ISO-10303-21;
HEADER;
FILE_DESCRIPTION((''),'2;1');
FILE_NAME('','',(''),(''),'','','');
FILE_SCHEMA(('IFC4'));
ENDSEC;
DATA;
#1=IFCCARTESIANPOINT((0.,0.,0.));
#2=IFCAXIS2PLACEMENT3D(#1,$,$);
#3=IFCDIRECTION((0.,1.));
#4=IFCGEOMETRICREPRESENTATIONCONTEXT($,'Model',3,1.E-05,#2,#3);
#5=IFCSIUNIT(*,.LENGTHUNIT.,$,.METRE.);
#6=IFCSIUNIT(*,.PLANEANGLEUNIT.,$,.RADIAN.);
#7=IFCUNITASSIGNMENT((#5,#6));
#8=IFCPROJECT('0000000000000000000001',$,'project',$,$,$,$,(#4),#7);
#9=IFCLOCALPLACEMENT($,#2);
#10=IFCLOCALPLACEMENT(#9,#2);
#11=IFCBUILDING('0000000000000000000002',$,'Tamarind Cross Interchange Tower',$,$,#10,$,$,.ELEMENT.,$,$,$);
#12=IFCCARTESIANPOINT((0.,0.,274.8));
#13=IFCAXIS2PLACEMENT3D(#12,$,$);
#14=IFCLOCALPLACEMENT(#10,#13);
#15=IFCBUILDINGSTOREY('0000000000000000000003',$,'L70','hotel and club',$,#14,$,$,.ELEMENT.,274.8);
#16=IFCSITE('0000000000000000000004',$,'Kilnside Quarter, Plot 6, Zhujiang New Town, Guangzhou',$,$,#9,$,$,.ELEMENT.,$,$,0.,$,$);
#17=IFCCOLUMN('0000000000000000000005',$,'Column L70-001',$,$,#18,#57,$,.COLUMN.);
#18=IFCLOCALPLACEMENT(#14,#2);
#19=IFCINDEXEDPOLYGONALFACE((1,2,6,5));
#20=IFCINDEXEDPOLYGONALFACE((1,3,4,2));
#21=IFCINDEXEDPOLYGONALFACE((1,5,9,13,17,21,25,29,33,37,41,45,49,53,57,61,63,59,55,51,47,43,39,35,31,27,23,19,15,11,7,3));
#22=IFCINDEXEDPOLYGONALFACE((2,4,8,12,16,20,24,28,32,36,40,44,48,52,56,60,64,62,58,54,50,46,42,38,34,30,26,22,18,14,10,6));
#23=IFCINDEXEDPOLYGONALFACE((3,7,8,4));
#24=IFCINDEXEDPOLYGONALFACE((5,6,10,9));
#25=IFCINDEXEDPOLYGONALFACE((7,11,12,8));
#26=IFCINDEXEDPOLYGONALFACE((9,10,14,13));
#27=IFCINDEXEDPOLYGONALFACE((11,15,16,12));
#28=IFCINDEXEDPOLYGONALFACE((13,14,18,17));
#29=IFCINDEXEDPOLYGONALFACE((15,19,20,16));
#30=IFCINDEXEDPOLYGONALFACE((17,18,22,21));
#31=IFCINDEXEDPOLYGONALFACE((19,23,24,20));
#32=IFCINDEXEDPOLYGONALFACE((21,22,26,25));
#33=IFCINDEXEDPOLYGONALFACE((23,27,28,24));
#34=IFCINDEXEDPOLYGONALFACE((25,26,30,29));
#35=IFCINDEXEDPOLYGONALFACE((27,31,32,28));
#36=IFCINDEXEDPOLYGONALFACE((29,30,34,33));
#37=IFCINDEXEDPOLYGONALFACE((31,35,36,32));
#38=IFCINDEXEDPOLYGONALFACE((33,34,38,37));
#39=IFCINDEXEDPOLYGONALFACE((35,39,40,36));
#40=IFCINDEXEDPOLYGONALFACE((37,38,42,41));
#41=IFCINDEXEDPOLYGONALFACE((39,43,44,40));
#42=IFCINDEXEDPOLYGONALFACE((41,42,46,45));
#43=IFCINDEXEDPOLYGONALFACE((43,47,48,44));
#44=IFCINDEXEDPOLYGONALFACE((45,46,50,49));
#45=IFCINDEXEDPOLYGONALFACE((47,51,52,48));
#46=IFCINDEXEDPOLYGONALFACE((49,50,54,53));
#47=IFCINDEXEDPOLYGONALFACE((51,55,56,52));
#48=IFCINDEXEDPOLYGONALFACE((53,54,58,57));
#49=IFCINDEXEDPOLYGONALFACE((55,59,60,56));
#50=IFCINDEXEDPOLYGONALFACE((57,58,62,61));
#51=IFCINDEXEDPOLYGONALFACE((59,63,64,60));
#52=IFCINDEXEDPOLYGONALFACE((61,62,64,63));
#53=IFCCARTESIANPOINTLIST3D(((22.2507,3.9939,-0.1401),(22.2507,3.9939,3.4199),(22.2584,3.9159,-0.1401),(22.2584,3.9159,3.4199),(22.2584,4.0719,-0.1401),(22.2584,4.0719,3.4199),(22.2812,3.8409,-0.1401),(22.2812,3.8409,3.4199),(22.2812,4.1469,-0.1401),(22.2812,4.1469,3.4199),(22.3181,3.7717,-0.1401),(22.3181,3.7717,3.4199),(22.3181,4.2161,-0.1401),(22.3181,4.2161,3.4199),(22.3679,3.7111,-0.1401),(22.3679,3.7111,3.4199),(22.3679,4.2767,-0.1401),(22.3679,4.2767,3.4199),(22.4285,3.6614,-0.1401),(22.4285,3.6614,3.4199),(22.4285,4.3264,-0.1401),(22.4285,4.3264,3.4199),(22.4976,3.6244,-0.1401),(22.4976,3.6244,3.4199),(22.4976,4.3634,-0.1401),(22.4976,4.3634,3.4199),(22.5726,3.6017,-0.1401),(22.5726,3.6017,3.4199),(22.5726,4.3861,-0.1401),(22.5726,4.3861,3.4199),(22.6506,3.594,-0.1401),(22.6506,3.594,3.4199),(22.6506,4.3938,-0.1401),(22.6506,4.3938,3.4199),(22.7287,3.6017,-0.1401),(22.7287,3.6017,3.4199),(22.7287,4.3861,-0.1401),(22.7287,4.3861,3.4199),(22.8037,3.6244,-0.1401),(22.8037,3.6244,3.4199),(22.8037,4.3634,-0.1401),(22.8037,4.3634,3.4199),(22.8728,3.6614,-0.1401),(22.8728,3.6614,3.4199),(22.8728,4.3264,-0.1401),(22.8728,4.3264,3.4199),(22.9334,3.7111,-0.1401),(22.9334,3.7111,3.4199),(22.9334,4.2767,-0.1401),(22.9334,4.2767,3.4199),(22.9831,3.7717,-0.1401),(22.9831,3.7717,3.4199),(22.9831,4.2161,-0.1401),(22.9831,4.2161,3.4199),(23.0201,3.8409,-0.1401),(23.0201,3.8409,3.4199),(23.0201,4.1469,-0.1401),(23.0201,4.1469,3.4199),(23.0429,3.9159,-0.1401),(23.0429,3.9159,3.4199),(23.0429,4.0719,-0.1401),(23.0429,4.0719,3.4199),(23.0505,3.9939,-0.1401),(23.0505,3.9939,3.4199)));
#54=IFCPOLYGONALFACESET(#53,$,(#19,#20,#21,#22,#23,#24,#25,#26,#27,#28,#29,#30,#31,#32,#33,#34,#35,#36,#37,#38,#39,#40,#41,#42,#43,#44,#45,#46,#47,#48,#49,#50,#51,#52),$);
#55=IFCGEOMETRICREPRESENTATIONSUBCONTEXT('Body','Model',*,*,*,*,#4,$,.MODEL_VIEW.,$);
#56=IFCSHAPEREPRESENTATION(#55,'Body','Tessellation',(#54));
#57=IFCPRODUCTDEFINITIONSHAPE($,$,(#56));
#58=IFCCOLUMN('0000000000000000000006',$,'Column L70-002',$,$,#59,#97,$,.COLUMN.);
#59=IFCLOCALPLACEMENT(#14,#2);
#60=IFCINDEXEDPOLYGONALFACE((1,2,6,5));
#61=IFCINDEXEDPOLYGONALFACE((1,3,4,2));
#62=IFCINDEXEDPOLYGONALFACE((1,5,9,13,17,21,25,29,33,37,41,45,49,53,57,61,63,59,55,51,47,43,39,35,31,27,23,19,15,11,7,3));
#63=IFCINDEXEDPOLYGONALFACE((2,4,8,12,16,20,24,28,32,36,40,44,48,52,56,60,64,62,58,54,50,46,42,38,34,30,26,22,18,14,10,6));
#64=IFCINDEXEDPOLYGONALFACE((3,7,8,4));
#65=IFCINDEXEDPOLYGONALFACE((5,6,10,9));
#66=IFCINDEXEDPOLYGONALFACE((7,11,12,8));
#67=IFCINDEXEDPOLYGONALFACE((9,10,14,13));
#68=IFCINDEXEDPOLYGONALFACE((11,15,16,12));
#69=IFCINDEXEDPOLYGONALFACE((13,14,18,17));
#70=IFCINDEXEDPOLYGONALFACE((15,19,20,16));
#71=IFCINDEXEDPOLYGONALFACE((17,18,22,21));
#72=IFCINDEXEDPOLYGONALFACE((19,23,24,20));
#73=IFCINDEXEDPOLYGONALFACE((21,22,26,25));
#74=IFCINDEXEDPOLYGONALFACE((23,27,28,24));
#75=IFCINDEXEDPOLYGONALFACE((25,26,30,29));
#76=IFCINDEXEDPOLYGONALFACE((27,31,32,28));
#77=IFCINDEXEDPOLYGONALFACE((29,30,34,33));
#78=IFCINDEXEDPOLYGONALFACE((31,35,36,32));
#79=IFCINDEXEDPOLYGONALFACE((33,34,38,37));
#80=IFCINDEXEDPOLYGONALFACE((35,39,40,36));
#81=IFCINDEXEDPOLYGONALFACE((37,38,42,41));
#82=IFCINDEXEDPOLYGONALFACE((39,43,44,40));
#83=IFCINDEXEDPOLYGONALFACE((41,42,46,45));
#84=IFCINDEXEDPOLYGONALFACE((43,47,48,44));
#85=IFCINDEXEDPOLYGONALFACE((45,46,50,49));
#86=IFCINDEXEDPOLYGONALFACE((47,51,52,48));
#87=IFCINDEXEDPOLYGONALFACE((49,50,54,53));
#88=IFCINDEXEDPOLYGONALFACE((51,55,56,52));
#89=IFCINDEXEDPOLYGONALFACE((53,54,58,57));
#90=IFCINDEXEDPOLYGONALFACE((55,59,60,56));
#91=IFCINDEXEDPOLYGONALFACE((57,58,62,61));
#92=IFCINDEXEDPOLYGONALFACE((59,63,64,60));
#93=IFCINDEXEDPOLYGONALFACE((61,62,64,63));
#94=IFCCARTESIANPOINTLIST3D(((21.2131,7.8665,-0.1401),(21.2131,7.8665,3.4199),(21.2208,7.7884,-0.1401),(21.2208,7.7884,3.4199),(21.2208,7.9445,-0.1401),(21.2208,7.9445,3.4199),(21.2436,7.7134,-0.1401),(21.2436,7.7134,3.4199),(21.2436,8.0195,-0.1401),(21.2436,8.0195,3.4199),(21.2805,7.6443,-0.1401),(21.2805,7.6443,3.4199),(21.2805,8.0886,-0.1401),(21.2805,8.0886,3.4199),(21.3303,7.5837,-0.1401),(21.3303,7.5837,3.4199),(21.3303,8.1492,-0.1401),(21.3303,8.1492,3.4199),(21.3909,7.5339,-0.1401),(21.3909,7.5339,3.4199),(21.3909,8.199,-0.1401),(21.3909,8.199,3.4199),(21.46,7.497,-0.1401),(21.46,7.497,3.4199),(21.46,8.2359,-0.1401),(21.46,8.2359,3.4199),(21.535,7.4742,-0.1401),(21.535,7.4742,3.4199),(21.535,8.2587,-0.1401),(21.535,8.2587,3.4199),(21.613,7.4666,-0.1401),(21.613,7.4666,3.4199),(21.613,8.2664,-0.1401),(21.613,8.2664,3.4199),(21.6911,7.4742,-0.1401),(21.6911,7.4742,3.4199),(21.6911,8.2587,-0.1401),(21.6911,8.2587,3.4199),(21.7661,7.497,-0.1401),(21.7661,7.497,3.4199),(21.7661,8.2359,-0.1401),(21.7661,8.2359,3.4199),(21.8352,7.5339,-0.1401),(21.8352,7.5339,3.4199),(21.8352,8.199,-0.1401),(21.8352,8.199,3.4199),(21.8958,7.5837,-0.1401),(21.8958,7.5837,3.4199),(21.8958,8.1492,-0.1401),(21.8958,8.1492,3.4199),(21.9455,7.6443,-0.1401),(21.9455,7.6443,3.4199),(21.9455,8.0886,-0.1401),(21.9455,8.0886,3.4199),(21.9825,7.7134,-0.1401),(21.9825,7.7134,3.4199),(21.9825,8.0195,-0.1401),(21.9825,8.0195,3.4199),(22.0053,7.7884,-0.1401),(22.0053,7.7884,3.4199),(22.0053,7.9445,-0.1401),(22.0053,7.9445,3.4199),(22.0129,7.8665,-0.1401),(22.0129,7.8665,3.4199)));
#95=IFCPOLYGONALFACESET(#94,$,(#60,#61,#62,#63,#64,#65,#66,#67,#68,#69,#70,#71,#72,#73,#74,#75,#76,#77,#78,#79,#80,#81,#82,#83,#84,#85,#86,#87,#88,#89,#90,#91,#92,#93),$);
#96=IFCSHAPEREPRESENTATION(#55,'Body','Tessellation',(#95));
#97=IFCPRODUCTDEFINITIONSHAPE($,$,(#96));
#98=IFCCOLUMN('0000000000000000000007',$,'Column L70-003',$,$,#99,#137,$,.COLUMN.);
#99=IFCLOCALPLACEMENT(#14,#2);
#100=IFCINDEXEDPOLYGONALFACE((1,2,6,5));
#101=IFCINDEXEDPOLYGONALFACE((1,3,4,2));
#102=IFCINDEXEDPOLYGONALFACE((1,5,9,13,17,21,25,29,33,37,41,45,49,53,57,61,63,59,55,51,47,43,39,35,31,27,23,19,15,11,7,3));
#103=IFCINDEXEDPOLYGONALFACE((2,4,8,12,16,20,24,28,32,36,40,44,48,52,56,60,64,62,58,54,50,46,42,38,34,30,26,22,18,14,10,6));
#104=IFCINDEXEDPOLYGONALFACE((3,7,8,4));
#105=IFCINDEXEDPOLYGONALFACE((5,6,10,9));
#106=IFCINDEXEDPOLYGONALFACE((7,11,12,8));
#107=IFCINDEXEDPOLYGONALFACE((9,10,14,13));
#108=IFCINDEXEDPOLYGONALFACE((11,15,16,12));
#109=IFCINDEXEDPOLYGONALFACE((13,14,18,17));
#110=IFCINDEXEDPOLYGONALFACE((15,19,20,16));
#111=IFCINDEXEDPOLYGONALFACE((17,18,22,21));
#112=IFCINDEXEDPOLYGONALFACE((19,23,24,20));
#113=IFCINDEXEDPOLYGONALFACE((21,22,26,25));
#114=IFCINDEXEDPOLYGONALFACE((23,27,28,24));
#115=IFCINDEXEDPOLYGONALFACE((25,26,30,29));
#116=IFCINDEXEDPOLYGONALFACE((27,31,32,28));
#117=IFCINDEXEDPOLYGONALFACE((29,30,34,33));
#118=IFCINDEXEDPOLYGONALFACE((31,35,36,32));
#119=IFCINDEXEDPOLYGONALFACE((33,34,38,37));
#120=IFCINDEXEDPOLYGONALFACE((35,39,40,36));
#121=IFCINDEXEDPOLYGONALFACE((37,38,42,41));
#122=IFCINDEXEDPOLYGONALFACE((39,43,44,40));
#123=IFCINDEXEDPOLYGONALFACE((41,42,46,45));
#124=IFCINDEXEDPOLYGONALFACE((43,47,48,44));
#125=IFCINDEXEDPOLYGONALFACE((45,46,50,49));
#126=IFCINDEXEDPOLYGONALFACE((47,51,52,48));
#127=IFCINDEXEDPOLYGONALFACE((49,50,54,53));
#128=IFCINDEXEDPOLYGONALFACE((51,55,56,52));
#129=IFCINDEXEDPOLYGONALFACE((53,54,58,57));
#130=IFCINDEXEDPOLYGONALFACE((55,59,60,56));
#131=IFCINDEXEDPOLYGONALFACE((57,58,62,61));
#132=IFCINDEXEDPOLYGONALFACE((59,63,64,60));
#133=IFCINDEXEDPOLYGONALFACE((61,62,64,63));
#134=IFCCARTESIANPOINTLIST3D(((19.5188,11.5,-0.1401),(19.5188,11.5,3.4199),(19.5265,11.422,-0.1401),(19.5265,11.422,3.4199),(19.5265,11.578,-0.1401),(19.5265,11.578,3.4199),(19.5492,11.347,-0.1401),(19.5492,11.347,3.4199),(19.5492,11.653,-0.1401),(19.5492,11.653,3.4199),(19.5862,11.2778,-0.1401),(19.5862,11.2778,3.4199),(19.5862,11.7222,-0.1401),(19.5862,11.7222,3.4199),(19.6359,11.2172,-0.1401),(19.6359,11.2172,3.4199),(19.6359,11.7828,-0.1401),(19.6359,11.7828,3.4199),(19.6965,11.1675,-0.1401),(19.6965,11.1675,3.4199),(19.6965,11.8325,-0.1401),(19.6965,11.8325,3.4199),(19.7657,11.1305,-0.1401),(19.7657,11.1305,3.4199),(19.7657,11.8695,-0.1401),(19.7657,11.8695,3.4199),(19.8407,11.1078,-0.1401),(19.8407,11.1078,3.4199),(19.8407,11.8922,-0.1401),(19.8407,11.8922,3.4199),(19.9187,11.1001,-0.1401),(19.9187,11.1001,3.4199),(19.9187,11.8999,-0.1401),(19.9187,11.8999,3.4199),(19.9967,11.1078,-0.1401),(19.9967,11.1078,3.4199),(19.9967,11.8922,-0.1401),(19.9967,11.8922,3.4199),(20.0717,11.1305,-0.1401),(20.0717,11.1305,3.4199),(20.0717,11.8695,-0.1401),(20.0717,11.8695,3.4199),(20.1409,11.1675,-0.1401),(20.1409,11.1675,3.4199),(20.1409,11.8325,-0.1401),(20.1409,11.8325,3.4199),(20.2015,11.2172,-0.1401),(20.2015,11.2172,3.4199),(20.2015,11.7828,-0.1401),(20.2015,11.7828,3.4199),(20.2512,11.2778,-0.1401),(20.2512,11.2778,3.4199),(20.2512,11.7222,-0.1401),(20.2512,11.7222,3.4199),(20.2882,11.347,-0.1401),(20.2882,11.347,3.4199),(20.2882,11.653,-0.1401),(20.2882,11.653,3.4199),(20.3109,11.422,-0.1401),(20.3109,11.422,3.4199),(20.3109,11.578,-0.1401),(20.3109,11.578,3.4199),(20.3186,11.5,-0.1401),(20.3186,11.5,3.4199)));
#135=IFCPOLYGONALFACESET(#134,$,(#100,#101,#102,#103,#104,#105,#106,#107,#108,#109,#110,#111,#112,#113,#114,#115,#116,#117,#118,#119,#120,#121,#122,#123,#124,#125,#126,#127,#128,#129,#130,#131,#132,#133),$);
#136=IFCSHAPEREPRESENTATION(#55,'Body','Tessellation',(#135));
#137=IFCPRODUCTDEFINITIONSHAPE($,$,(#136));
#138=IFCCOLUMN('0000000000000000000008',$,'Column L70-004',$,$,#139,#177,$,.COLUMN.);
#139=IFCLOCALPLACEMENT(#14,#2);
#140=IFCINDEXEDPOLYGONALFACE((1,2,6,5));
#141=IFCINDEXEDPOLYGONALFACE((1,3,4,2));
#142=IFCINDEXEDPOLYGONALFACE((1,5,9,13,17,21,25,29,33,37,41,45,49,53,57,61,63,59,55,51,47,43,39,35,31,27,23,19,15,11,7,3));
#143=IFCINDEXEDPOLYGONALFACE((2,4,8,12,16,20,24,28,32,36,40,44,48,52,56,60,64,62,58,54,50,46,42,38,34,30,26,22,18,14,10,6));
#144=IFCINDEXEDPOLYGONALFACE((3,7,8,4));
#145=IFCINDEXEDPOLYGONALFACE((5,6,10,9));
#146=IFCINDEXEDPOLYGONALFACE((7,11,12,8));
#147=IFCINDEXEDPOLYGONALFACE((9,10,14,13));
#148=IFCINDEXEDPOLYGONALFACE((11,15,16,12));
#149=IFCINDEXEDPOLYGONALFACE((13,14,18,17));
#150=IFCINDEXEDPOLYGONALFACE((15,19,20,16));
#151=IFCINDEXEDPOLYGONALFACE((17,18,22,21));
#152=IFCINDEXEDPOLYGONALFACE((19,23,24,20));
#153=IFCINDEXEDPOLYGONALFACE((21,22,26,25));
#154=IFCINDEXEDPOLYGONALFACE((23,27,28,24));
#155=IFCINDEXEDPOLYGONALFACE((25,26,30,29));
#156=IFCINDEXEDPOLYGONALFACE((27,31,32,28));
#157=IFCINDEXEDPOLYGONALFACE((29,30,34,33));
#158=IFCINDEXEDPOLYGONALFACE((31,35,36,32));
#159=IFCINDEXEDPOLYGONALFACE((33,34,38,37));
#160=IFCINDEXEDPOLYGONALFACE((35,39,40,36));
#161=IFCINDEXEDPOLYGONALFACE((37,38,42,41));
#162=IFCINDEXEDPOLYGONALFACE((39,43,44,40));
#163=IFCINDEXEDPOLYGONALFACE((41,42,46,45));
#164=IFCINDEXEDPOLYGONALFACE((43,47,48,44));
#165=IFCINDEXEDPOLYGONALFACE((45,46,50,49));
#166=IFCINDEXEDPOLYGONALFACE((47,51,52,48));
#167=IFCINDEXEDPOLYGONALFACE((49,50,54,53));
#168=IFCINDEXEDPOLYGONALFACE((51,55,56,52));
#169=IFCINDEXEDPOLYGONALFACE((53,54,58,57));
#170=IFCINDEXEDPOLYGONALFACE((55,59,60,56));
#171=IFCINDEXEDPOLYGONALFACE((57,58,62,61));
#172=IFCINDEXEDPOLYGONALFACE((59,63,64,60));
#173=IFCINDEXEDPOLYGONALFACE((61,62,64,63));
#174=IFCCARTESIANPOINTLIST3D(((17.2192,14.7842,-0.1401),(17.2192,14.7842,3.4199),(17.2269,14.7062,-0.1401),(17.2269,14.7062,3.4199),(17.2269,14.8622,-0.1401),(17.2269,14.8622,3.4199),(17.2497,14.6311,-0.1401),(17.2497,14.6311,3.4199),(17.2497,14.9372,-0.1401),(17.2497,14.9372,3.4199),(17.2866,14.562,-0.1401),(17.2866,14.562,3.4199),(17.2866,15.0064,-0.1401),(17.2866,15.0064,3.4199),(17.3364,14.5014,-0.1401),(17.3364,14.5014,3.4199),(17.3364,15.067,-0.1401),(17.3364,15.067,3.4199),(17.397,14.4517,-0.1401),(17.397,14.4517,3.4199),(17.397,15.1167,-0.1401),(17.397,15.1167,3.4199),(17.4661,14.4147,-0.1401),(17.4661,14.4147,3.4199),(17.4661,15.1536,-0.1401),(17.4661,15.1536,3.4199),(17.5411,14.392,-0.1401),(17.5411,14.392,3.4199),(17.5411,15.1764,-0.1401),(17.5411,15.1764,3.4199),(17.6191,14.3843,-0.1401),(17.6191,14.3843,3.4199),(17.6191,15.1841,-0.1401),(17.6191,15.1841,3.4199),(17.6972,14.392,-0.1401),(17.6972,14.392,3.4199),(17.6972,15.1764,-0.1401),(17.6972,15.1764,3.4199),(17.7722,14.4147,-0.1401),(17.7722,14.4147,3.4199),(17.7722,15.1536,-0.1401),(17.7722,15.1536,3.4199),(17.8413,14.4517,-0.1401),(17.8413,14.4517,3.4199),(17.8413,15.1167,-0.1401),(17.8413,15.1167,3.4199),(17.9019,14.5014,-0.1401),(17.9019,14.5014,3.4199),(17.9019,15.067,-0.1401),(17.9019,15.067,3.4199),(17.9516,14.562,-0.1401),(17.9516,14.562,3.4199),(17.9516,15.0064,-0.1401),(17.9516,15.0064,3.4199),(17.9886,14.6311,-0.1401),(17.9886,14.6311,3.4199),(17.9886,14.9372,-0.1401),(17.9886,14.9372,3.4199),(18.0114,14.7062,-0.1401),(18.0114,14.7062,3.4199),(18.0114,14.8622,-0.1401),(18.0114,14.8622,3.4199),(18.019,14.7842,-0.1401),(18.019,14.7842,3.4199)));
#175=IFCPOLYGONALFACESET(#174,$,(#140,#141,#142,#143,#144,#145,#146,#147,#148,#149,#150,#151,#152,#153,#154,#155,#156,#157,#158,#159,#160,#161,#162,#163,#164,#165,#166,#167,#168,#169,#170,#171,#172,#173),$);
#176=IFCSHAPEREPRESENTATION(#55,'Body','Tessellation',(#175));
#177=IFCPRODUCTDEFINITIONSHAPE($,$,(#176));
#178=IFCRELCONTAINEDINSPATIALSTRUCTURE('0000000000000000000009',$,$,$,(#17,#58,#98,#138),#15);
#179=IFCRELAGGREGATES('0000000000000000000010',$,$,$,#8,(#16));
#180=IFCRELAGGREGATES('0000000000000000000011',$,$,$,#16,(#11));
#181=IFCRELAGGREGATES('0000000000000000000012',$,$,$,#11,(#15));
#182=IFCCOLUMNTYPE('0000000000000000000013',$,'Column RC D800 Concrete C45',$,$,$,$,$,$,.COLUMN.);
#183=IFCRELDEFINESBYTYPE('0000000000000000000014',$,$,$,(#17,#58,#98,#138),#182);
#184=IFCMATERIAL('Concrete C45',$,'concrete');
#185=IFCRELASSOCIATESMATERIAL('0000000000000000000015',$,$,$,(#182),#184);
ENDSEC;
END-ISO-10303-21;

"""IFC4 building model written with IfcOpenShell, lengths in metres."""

from ifc_helpers import new_model, si_unit, direction, frame, origin, origin_2d, place, context, subcontext, project, spatial, circle, extrude, material, material_profile, profile_set, type_object, element, save


model = new_model("IFC4")

# Units and contexts
model_context = context("Model", 3, precision=1e-05, world=origin(), true_north=direction((0.0, 1.0)))
body_context = subcontext(model_context, "Body", "Model", "MODEL_VIEW")
ifc_project = project(units=[si_unit("LENGTHUNIT", "METRE"), si_unit("PLANEANGLEUNIT", "RADIAN")], contexts=[model_context])

# Site, building, storey
site_placement = place(None, origin())
site = spatial("IfcSite", under=ifc_project, at=site_placement, Name="Kilnside Quarter, Plot 6, Zhujiang New Town, Guangzhou", CompositionType="ELEMENT", RefElevation=0.0)
building_placement = place(site_placement, origin())
building = spatial("IfcBuilding", under=site, at=building_placement, Name="Tamarind Cross Interchange Tower", CompositionType="ELEMENT")
storey_placement = place(building_placement, frame((0.0, 0.0, 274.8)))
storey = spatial("IfcBuildingStorey", under=building, at=storey_placement, Name="L70", Description="hotel and club", CompositionType="ELEMENT", Elevation=274.8)

# Columns
ifc_material_1 = material(Name="Concrete C45", Category="concrete")
ifc_material_profile_1 = material_profile(ifc_material_1, circle(Radius=0.3999, at=origin_2d()), Name="RC D800")
ifc_profile_set_1 = profile_set([ifc_material_profile_1], Name="Concrete C45")
column_type = type_object("IfcColumnType", Name="Column RC D800 Concrete C45", PredefinedType="COLUMN", material=ifc_profile_set_1)
for number, where, z_axis, x_axis, name in (
    (1, (22.6506, 3.9939, -0.1401), (0.0, 0.0, 1.0), (1.0, 0.0, 0.0), "Column L70-001"),
    (2, (21.613, 7.8665, -0.1401), (0.0, 0.0, 1.0), (1.0, 0.0, 0.0), "Column L70-002"),
    (3, (19.9187, 11.5, -0.1401), (0.0, 0.0, 1.0), (1.0, 0.0, 0.0), "Column L70-003"),
    (4, (17.6191, 14.7842, -0.1401), (0.0, 0.0, 1.0), (1.0, 0.0, 0.0), "Column L70-004"),
):
    element("IfcColumn", number, at=place(storey_placement, frame(where, z_axis=z_axis, x_axis=x_axis)), inside=storey, type_object=column_type, Name=name, PredefinedType="COLUMN", context=body_context, shape_type="SweptSolid", body=[
        extrude(circle(Radius=0.3999, at=origin_2d()), origin(), (0.0, 0.0, 1.0), 3.5601),
    ])

save(model, "model.ifc")
